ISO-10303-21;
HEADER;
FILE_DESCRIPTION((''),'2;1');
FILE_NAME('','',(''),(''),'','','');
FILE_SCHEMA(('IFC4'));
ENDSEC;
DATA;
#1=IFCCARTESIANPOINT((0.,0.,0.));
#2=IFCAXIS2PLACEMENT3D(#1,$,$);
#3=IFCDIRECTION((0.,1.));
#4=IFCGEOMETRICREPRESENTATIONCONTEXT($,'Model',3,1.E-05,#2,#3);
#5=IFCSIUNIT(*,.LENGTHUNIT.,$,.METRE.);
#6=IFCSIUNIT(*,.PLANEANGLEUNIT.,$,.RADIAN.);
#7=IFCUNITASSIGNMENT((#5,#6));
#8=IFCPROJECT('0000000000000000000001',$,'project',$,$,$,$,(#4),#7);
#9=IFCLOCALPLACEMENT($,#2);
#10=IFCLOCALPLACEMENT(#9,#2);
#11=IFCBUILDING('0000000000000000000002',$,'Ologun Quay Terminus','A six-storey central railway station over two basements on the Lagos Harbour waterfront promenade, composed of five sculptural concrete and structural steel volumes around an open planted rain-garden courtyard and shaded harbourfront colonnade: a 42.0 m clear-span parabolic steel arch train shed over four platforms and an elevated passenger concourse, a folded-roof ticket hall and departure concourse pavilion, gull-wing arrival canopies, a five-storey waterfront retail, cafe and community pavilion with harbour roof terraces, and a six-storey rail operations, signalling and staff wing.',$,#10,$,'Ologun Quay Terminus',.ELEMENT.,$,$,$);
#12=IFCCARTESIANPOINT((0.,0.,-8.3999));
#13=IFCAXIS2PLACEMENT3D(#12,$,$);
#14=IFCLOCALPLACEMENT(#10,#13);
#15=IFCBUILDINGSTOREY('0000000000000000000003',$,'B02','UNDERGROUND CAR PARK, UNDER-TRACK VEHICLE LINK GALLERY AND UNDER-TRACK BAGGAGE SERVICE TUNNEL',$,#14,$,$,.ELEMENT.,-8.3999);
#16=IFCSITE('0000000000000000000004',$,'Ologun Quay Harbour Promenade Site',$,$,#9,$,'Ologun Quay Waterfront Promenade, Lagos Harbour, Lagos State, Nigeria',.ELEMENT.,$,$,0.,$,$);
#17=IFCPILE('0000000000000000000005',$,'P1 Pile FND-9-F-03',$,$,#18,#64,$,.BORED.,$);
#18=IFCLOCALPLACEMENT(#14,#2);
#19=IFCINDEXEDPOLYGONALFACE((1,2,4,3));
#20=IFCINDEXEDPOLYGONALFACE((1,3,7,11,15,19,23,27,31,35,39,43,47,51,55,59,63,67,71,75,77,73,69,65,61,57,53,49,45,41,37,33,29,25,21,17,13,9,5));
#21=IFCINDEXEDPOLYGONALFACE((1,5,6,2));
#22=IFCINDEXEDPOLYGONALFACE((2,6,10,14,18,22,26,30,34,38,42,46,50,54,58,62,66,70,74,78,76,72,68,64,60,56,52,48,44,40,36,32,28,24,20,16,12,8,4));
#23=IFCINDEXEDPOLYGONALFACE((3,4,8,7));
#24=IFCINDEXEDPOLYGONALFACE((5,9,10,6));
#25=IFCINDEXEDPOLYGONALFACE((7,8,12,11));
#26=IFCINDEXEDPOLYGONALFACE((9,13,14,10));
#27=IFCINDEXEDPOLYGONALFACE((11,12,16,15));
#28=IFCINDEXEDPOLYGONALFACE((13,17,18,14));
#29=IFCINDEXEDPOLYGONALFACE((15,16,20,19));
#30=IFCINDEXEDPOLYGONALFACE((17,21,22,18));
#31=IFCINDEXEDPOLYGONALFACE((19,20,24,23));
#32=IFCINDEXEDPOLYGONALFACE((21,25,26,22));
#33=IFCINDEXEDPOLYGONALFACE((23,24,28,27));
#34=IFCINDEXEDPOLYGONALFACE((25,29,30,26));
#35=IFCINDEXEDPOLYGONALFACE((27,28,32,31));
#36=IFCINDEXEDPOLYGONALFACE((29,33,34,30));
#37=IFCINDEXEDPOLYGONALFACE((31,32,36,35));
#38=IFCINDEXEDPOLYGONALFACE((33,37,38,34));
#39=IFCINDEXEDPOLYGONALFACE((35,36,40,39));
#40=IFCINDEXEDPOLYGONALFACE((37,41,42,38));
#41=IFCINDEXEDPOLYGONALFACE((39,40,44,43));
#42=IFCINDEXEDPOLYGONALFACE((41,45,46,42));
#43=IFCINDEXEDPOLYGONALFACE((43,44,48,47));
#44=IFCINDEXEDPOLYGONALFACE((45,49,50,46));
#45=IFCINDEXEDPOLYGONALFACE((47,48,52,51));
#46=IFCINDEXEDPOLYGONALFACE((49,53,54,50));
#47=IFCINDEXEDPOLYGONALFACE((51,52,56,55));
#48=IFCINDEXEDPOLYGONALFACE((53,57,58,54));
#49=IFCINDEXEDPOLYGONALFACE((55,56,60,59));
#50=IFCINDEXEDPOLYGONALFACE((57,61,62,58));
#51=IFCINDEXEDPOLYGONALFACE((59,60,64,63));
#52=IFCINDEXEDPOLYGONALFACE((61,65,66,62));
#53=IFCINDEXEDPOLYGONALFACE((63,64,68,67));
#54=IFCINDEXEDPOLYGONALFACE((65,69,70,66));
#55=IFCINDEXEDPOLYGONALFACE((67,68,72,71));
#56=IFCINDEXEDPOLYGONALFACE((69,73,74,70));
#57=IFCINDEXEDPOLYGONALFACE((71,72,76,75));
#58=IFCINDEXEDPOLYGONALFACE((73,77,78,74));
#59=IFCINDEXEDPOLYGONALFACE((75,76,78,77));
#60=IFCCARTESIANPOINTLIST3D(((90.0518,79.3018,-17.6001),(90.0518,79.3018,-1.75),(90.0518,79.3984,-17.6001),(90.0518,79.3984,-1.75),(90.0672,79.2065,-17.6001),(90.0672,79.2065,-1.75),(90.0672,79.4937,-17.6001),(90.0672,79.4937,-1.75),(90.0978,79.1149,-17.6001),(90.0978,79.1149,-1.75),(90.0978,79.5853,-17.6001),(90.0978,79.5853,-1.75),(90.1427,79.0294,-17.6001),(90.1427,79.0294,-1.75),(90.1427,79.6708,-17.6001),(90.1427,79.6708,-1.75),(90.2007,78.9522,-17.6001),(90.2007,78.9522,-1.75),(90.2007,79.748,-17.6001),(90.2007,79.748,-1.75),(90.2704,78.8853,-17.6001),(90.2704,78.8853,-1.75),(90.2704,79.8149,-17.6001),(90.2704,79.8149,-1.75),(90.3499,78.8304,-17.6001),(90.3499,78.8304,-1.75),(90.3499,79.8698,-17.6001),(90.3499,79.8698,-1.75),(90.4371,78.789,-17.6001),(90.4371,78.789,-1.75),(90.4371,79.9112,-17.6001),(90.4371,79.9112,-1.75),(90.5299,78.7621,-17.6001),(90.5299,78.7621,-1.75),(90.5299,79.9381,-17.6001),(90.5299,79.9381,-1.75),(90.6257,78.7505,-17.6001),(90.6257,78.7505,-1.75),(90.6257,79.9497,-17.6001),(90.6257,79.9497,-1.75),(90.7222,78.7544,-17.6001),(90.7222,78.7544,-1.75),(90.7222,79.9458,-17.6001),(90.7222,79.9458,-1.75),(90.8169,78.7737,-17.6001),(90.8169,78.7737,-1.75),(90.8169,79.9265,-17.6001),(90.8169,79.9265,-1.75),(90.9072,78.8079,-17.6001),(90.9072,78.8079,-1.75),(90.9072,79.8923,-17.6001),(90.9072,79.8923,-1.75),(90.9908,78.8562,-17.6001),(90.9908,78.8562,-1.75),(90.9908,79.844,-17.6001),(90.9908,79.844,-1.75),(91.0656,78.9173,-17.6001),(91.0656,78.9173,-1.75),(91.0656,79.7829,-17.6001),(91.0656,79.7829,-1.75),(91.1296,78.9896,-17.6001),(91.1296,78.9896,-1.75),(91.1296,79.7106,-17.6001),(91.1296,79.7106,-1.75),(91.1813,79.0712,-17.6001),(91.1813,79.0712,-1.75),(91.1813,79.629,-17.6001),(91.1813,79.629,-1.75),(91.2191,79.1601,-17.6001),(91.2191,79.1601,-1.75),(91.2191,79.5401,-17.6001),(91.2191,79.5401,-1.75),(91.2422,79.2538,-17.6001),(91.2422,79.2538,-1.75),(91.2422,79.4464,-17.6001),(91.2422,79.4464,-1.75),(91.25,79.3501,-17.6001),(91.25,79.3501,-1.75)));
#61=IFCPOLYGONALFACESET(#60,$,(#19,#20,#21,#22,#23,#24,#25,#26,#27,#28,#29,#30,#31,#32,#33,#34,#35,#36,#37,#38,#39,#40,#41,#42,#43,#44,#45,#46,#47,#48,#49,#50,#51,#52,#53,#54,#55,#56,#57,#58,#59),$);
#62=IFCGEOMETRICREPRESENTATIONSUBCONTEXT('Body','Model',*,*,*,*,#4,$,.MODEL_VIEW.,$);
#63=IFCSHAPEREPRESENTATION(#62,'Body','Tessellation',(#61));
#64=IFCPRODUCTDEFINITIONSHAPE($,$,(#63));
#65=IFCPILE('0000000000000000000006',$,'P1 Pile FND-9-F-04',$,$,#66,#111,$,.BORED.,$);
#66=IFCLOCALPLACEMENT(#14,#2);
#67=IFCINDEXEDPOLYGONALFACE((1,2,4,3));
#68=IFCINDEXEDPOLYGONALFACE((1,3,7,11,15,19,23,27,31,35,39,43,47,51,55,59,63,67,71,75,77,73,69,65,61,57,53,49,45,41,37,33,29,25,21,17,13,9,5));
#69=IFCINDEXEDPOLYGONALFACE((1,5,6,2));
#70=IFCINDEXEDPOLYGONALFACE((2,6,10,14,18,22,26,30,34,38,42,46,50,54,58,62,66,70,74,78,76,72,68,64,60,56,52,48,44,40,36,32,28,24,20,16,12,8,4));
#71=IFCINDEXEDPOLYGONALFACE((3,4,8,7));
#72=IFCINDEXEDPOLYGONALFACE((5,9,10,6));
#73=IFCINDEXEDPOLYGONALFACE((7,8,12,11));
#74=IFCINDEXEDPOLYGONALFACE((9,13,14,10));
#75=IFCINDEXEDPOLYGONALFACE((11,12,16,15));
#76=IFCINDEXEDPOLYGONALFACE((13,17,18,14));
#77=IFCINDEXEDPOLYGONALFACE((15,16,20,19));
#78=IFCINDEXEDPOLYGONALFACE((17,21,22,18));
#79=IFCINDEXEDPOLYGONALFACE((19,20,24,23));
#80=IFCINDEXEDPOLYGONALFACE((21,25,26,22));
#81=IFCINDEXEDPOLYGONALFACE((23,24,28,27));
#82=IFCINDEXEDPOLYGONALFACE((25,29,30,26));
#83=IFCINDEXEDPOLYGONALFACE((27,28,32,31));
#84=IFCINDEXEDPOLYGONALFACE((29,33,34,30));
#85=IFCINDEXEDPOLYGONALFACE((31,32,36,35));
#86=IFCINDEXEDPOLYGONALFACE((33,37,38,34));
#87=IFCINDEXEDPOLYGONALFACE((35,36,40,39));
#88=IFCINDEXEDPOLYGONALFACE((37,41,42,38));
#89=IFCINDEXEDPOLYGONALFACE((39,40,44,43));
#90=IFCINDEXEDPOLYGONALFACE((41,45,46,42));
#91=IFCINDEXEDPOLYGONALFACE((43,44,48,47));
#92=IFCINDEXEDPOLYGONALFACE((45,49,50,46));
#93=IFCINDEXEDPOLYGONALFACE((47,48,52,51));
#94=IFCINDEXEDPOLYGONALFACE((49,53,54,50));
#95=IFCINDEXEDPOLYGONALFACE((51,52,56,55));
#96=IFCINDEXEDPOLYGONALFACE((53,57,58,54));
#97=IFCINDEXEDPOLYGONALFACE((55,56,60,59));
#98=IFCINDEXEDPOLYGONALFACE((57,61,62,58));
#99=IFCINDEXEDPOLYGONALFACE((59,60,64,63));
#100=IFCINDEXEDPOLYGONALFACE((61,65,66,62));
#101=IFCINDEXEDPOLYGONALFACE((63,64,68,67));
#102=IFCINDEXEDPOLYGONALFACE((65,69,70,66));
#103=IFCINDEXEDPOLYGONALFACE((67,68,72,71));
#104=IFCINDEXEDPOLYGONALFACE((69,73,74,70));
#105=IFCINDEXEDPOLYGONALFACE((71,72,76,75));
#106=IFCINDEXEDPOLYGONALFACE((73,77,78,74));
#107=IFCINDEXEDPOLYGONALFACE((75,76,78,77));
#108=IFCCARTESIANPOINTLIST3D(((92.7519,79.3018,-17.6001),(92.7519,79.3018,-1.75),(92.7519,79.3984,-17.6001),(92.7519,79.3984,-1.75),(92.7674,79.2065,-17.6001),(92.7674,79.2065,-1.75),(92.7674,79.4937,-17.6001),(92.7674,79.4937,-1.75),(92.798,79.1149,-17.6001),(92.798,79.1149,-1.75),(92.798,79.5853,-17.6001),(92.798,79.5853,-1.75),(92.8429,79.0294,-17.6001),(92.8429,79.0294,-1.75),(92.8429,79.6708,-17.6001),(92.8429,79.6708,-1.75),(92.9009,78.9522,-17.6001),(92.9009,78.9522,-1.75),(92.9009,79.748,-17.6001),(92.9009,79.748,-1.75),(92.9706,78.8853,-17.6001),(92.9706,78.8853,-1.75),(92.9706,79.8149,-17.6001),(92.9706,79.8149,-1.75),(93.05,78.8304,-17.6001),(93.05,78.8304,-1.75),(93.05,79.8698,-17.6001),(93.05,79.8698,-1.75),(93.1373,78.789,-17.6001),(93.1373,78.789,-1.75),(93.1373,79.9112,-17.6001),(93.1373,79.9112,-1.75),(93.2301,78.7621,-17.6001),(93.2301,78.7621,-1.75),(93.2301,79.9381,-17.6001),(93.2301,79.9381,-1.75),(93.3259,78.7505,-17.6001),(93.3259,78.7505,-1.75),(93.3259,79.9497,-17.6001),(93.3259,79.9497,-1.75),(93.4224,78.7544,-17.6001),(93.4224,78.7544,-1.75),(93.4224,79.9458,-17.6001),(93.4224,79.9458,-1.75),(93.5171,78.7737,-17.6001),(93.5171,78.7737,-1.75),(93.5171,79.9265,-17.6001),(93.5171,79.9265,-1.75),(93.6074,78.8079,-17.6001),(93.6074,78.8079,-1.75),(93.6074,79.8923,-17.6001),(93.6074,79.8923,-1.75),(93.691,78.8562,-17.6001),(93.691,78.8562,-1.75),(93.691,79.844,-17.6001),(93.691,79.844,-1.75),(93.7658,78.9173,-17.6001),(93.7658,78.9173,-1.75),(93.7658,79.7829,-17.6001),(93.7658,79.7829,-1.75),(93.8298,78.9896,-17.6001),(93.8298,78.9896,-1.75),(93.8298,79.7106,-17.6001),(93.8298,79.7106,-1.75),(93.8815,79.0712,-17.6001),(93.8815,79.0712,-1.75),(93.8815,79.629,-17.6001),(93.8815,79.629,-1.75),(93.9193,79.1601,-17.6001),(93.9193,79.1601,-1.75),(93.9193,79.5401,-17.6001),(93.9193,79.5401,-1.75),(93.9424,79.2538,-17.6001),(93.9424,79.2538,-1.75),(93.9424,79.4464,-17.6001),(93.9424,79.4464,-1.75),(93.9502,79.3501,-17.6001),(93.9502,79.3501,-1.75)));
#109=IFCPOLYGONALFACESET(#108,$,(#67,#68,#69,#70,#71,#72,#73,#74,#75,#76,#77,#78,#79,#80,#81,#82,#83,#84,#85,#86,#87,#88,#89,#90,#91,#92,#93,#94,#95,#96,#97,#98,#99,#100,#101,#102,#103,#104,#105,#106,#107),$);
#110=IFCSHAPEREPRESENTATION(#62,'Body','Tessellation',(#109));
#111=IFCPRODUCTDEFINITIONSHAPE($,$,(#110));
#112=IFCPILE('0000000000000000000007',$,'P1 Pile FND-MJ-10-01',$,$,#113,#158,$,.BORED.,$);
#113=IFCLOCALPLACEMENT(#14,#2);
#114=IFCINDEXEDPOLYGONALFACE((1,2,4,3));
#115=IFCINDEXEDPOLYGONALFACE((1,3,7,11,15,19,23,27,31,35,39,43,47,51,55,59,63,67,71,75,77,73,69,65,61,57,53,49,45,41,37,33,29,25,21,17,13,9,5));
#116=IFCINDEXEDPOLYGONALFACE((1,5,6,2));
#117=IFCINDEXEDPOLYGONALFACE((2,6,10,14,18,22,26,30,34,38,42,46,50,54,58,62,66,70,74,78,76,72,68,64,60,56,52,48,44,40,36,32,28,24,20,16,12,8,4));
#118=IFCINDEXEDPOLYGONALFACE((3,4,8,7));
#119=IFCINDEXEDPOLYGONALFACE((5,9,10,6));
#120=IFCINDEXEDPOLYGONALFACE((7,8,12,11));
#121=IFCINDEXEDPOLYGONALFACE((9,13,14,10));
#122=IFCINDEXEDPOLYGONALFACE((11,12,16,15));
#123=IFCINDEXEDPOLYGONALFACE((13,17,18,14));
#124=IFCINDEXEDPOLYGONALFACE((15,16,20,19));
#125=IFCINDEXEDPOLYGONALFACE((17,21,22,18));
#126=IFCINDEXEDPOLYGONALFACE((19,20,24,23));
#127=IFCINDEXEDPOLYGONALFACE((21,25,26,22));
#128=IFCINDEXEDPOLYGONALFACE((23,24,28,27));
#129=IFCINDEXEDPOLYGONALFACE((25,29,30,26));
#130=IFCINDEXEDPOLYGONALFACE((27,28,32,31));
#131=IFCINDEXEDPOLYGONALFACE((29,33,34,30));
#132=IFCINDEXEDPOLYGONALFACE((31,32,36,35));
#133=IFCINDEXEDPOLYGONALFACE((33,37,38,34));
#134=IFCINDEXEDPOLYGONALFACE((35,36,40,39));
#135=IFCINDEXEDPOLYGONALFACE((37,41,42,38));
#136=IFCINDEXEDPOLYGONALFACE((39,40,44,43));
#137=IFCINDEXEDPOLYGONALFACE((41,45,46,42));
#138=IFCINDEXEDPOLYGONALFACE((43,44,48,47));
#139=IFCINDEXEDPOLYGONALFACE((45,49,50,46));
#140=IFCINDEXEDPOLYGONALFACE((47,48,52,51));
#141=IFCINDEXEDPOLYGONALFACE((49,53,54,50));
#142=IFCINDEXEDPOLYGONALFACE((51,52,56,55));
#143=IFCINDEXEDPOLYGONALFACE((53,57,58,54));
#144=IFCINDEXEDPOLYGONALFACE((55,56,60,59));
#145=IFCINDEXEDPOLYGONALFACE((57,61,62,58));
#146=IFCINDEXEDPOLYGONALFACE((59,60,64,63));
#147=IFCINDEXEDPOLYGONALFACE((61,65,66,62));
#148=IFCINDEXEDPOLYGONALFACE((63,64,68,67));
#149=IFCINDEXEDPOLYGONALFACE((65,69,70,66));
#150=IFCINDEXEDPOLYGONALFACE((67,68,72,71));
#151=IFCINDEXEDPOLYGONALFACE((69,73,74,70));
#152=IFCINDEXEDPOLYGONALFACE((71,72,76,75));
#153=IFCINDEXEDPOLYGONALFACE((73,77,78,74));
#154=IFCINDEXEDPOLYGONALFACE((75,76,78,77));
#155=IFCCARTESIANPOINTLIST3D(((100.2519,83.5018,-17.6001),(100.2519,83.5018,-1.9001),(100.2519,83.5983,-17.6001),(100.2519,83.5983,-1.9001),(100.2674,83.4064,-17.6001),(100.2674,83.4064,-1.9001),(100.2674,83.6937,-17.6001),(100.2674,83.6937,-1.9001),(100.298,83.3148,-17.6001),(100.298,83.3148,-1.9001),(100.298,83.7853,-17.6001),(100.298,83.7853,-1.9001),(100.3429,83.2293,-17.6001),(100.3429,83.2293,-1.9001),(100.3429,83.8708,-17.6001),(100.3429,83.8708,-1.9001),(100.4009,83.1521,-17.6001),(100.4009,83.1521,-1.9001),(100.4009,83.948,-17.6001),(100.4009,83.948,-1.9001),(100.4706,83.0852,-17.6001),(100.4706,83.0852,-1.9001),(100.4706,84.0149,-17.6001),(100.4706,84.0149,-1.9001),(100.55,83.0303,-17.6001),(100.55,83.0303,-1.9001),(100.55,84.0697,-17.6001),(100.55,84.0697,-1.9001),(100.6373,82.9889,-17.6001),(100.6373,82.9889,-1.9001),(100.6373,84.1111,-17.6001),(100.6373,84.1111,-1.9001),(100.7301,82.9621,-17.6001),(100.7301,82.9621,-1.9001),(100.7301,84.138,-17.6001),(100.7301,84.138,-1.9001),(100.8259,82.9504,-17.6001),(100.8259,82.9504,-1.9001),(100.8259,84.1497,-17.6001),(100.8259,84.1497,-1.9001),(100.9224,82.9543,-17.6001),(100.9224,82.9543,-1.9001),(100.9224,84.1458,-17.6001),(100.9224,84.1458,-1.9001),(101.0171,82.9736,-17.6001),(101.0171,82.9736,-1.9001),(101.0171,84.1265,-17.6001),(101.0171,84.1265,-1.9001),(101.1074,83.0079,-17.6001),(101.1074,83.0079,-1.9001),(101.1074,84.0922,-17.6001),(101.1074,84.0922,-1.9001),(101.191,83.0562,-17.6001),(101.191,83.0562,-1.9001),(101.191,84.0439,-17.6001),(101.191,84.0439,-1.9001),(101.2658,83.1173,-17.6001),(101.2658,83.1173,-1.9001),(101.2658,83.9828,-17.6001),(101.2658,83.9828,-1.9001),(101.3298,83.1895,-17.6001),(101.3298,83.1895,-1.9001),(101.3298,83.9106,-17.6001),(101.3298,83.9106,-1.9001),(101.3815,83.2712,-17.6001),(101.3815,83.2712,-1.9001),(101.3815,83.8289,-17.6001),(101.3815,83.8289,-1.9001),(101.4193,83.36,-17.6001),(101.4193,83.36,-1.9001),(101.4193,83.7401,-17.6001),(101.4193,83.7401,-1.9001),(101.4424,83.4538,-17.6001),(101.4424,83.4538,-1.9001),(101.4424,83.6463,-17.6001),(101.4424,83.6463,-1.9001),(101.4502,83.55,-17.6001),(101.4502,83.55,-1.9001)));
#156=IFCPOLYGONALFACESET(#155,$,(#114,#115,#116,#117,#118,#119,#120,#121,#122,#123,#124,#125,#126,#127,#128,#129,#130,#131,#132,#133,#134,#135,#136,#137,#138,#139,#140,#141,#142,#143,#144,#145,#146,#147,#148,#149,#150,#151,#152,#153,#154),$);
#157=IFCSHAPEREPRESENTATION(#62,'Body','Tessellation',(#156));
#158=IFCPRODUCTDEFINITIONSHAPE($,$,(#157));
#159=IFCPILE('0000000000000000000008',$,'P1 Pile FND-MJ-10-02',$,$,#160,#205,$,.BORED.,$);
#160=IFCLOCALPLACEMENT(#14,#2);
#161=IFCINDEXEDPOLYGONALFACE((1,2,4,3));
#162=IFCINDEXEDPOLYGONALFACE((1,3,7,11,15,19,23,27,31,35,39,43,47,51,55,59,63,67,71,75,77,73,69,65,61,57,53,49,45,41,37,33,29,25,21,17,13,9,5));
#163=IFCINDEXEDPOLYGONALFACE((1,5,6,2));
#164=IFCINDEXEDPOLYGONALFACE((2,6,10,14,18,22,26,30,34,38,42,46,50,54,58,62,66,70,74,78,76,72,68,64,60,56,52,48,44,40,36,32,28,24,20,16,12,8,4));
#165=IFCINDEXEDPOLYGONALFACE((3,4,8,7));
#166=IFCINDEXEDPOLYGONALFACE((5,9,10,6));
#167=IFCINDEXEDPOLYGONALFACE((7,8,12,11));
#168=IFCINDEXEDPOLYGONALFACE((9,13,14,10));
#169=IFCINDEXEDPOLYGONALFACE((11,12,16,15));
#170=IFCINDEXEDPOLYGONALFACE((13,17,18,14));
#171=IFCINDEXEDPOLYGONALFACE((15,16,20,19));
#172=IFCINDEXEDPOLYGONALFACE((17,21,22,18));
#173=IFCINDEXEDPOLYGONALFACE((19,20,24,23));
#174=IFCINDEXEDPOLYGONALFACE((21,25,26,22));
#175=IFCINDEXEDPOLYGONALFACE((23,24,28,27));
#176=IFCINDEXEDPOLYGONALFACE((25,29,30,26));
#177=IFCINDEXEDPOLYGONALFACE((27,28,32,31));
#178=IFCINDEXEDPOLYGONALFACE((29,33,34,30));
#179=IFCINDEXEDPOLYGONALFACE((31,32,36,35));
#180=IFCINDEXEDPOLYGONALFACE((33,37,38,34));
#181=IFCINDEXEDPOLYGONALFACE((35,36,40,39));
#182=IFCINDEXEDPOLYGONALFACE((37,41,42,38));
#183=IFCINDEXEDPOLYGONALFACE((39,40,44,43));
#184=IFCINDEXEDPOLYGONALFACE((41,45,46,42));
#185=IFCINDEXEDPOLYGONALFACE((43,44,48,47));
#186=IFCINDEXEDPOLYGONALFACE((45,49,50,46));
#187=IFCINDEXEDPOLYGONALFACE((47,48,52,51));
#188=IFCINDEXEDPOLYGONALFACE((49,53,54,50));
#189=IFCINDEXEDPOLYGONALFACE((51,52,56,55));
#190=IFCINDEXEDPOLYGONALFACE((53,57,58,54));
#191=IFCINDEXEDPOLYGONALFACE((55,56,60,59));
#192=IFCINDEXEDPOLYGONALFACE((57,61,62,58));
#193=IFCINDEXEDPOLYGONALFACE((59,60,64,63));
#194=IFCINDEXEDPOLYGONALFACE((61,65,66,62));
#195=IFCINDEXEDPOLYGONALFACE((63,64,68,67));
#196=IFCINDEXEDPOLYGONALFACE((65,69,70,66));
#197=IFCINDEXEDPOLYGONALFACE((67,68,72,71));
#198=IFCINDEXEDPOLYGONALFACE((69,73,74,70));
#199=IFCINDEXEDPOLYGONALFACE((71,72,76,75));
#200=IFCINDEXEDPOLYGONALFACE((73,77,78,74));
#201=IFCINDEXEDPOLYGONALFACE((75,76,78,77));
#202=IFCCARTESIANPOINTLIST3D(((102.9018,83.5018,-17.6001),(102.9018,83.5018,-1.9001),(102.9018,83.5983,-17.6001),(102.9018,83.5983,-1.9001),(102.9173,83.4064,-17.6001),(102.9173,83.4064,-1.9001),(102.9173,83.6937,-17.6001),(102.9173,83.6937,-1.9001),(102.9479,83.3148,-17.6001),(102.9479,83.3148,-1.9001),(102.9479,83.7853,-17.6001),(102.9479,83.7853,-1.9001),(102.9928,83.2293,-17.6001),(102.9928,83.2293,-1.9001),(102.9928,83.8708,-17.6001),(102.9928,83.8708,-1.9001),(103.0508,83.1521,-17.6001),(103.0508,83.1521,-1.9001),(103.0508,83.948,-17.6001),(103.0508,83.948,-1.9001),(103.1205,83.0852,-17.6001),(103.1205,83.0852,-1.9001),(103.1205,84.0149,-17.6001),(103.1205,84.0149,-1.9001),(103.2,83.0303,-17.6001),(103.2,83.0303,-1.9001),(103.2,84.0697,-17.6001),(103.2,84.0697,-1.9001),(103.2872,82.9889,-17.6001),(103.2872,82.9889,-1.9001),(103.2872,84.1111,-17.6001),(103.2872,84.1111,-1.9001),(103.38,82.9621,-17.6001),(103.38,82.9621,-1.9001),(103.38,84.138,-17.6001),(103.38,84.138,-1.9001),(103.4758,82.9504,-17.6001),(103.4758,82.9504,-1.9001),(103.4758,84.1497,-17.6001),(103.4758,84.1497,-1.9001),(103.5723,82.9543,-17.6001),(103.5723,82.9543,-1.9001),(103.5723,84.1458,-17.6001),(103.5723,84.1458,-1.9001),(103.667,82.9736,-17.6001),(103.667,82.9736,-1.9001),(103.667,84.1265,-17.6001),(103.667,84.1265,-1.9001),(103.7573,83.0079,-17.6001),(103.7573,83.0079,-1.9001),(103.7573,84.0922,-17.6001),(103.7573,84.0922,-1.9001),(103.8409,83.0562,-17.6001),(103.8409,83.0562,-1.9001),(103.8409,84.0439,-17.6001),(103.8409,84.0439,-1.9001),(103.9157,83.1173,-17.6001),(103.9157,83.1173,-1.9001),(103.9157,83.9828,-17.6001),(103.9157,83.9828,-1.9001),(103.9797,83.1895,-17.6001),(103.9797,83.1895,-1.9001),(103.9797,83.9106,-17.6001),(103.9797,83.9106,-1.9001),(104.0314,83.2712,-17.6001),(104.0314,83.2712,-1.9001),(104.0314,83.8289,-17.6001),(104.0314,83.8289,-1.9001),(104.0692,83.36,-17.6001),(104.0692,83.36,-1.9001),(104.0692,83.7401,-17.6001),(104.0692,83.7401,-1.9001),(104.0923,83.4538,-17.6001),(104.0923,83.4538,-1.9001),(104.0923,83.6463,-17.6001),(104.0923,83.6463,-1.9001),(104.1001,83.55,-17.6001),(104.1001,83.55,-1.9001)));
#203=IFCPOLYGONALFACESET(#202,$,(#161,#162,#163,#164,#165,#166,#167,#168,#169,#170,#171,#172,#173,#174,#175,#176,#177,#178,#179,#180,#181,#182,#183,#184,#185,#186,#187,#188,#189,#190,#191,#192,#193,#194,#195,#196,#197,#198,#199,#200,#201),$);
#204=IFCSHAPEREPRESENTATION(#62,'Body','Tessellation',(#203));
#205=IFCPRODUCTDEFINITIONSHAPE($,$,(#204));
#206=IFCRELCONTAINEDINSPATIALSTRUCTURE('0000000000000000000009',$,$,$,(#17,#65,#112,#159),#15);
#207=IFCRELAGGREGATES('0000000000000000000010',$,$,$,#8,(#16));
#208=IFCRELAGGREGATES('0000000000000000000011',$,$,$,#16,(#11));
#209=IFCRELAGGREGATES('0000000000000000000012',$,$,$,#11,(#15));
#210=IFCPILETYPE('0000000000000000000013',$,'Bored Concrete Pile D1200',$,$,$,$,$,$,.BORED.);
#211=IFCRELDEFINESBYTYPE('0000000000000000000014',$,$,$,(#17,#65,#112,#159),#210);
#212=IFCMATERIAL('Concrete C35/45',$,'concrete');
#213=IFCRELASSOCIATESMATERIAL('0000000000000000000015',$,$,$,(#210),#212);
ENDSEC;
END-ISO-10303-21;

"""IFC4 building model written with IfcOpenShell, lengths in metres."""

from ifc_helpers import new_model, si_unit, direction, frame, origin, origin_2d, place, context, subcontext, project, spatial, circle, extrude, material, material_profile, profile_set, type_object, element, save


model = new_model("IFC4")

# Units and contexts
model_context = context("Model", 3, precision=1e-05, world=origin(), true_north=direction((0.0, 1.0)))
body_context = subcontext(model_context, "Body", "Model", "MODEL_VIEW")
ifc_project = project(units=[si_unit("LENGTHUNIT", "METRE"), si_unit("PLANEANGLEUNIT", "RADIAN")], contexts=[model_context])

# Site, building, storey
site_placement = place(None, origin())
site = spatial("IfcSite", under=ifc_project, at=site_placement, Name="Ologun Quay Harbour Promenade Site", LongName="Ologun Quay Waterfront Promenade, Lagos Harbour, Lagos State, Nigeria", CompositionType="ELEMENT", RefElevation=0.0)
building_placement = place(site_placement, origin())
building = spatial("IfcBuilding", under=site, at=building_placement, Name="Ologun Quay Terminus", Description="A six-storey central railway station over two basements on the Lagos Harbour waterfront promenade, composed of five sculptural concrete and structural steel volumes around an open planted rain-garden courtyard and shaded harbourfront colonnade: a 42.0 m clear-span parabolic steel arch train shed over four platforms and an elevated passenger concourse, a folded-roof ticket hall and departure concourse pavilion, gull-wing arrival canopies, a five-storey waterfront retail, cafe and community pavilion with harbour roof terraces, and a six-storey rail operations, signalling and staff wing.", LongName="Ologun Quay Terminus", CompositionType="ELEMENT")
storey_placement = place(building_placement, frame((0.0, 0.0, -8.3999)))
storey = spatial("IfcBuildingStorey", under=building, at=storey_placement, Name="B02", Description="UNDERGROUND CAR PARK, UNDER-TRACK VEHICLE LINK GALLERY AND UNDER-TRACK BAGGAGE SERVICE TUNNEL", CompositionType="ELEMENT", Elevation=-8.3999)

# Piles
ifc_material_1 = material(Name="Concrete C35/45", Category="concrete")
ifc_material_profile_1 = material_profile(ifc_material_1, circle(Radius=0.6001, at=origin_2d()), Name="PILE D1200")
ifc_profile_set_1 = profile_set([ifc_material_profile_1], Name="Concrete C35/45")
pile_type_1 = type_object("IfcPileType", Name="Bored Concrete Pile D1200", PredefinedType="BORED", material=ifc_profile_set_1)
for number, where, z_axis, x_axis, name in (
    (1, (90.6499, 79.3501, -1.75), (0.0, 0.0, -1.0), (1.0, 0.0, 0.0), "P1 Pile FND-9-F-03"),
    (2, (93.3501, 79.3501, -1.75), (0.0, 0.0, -1.0), (1.0, 0.0, 0.0), "P1 Pile FND-9-F-04"),
):
    element("IfcPile", number, at=place(storey_placement, frame(where, z_axis=z_axis, x_axis=x_axis)), inside=storey, type_object=pile_type_1, Name=name, PredefinedType="BORED", context=body_context, shape_type="SweptSolid", body=[
        extrude(circle(Radius=0.6001, at=origin_2d()), origin(), (0.0, 0.0, 1.0), 15.8501),
    ])
for number, where, z_axis, x_axis, name in (
    (3, (100.8501, 83.55, -1.9001), (0.0, 0.0, -1.0), (1.0, 0.0, 0.0), "P1 Pile FND-MJ-10-01"),
    (4, (103.5, 83.55, -1.9001), (0.0, 0.0, -1.0), (1.0, 0.0, 0.0), "P1 Pile FND-MJ-10-02"),
):
    element("IfcPile", number, at=place(storey_placement, frame(where, z_axis=z_axis, x_axis=x_axis)), inside=storey, type_object=pile_type_1, Name=name, PredefinedType="BORED", context=body_context, shape_type="SweptSolid", body=[
        extrude(circle(Radius=0.6001, at=origin_2d()), origin(), (0.0, 0.0, 1.0), 15.7),
    ])

save(model, "model.ifc")
